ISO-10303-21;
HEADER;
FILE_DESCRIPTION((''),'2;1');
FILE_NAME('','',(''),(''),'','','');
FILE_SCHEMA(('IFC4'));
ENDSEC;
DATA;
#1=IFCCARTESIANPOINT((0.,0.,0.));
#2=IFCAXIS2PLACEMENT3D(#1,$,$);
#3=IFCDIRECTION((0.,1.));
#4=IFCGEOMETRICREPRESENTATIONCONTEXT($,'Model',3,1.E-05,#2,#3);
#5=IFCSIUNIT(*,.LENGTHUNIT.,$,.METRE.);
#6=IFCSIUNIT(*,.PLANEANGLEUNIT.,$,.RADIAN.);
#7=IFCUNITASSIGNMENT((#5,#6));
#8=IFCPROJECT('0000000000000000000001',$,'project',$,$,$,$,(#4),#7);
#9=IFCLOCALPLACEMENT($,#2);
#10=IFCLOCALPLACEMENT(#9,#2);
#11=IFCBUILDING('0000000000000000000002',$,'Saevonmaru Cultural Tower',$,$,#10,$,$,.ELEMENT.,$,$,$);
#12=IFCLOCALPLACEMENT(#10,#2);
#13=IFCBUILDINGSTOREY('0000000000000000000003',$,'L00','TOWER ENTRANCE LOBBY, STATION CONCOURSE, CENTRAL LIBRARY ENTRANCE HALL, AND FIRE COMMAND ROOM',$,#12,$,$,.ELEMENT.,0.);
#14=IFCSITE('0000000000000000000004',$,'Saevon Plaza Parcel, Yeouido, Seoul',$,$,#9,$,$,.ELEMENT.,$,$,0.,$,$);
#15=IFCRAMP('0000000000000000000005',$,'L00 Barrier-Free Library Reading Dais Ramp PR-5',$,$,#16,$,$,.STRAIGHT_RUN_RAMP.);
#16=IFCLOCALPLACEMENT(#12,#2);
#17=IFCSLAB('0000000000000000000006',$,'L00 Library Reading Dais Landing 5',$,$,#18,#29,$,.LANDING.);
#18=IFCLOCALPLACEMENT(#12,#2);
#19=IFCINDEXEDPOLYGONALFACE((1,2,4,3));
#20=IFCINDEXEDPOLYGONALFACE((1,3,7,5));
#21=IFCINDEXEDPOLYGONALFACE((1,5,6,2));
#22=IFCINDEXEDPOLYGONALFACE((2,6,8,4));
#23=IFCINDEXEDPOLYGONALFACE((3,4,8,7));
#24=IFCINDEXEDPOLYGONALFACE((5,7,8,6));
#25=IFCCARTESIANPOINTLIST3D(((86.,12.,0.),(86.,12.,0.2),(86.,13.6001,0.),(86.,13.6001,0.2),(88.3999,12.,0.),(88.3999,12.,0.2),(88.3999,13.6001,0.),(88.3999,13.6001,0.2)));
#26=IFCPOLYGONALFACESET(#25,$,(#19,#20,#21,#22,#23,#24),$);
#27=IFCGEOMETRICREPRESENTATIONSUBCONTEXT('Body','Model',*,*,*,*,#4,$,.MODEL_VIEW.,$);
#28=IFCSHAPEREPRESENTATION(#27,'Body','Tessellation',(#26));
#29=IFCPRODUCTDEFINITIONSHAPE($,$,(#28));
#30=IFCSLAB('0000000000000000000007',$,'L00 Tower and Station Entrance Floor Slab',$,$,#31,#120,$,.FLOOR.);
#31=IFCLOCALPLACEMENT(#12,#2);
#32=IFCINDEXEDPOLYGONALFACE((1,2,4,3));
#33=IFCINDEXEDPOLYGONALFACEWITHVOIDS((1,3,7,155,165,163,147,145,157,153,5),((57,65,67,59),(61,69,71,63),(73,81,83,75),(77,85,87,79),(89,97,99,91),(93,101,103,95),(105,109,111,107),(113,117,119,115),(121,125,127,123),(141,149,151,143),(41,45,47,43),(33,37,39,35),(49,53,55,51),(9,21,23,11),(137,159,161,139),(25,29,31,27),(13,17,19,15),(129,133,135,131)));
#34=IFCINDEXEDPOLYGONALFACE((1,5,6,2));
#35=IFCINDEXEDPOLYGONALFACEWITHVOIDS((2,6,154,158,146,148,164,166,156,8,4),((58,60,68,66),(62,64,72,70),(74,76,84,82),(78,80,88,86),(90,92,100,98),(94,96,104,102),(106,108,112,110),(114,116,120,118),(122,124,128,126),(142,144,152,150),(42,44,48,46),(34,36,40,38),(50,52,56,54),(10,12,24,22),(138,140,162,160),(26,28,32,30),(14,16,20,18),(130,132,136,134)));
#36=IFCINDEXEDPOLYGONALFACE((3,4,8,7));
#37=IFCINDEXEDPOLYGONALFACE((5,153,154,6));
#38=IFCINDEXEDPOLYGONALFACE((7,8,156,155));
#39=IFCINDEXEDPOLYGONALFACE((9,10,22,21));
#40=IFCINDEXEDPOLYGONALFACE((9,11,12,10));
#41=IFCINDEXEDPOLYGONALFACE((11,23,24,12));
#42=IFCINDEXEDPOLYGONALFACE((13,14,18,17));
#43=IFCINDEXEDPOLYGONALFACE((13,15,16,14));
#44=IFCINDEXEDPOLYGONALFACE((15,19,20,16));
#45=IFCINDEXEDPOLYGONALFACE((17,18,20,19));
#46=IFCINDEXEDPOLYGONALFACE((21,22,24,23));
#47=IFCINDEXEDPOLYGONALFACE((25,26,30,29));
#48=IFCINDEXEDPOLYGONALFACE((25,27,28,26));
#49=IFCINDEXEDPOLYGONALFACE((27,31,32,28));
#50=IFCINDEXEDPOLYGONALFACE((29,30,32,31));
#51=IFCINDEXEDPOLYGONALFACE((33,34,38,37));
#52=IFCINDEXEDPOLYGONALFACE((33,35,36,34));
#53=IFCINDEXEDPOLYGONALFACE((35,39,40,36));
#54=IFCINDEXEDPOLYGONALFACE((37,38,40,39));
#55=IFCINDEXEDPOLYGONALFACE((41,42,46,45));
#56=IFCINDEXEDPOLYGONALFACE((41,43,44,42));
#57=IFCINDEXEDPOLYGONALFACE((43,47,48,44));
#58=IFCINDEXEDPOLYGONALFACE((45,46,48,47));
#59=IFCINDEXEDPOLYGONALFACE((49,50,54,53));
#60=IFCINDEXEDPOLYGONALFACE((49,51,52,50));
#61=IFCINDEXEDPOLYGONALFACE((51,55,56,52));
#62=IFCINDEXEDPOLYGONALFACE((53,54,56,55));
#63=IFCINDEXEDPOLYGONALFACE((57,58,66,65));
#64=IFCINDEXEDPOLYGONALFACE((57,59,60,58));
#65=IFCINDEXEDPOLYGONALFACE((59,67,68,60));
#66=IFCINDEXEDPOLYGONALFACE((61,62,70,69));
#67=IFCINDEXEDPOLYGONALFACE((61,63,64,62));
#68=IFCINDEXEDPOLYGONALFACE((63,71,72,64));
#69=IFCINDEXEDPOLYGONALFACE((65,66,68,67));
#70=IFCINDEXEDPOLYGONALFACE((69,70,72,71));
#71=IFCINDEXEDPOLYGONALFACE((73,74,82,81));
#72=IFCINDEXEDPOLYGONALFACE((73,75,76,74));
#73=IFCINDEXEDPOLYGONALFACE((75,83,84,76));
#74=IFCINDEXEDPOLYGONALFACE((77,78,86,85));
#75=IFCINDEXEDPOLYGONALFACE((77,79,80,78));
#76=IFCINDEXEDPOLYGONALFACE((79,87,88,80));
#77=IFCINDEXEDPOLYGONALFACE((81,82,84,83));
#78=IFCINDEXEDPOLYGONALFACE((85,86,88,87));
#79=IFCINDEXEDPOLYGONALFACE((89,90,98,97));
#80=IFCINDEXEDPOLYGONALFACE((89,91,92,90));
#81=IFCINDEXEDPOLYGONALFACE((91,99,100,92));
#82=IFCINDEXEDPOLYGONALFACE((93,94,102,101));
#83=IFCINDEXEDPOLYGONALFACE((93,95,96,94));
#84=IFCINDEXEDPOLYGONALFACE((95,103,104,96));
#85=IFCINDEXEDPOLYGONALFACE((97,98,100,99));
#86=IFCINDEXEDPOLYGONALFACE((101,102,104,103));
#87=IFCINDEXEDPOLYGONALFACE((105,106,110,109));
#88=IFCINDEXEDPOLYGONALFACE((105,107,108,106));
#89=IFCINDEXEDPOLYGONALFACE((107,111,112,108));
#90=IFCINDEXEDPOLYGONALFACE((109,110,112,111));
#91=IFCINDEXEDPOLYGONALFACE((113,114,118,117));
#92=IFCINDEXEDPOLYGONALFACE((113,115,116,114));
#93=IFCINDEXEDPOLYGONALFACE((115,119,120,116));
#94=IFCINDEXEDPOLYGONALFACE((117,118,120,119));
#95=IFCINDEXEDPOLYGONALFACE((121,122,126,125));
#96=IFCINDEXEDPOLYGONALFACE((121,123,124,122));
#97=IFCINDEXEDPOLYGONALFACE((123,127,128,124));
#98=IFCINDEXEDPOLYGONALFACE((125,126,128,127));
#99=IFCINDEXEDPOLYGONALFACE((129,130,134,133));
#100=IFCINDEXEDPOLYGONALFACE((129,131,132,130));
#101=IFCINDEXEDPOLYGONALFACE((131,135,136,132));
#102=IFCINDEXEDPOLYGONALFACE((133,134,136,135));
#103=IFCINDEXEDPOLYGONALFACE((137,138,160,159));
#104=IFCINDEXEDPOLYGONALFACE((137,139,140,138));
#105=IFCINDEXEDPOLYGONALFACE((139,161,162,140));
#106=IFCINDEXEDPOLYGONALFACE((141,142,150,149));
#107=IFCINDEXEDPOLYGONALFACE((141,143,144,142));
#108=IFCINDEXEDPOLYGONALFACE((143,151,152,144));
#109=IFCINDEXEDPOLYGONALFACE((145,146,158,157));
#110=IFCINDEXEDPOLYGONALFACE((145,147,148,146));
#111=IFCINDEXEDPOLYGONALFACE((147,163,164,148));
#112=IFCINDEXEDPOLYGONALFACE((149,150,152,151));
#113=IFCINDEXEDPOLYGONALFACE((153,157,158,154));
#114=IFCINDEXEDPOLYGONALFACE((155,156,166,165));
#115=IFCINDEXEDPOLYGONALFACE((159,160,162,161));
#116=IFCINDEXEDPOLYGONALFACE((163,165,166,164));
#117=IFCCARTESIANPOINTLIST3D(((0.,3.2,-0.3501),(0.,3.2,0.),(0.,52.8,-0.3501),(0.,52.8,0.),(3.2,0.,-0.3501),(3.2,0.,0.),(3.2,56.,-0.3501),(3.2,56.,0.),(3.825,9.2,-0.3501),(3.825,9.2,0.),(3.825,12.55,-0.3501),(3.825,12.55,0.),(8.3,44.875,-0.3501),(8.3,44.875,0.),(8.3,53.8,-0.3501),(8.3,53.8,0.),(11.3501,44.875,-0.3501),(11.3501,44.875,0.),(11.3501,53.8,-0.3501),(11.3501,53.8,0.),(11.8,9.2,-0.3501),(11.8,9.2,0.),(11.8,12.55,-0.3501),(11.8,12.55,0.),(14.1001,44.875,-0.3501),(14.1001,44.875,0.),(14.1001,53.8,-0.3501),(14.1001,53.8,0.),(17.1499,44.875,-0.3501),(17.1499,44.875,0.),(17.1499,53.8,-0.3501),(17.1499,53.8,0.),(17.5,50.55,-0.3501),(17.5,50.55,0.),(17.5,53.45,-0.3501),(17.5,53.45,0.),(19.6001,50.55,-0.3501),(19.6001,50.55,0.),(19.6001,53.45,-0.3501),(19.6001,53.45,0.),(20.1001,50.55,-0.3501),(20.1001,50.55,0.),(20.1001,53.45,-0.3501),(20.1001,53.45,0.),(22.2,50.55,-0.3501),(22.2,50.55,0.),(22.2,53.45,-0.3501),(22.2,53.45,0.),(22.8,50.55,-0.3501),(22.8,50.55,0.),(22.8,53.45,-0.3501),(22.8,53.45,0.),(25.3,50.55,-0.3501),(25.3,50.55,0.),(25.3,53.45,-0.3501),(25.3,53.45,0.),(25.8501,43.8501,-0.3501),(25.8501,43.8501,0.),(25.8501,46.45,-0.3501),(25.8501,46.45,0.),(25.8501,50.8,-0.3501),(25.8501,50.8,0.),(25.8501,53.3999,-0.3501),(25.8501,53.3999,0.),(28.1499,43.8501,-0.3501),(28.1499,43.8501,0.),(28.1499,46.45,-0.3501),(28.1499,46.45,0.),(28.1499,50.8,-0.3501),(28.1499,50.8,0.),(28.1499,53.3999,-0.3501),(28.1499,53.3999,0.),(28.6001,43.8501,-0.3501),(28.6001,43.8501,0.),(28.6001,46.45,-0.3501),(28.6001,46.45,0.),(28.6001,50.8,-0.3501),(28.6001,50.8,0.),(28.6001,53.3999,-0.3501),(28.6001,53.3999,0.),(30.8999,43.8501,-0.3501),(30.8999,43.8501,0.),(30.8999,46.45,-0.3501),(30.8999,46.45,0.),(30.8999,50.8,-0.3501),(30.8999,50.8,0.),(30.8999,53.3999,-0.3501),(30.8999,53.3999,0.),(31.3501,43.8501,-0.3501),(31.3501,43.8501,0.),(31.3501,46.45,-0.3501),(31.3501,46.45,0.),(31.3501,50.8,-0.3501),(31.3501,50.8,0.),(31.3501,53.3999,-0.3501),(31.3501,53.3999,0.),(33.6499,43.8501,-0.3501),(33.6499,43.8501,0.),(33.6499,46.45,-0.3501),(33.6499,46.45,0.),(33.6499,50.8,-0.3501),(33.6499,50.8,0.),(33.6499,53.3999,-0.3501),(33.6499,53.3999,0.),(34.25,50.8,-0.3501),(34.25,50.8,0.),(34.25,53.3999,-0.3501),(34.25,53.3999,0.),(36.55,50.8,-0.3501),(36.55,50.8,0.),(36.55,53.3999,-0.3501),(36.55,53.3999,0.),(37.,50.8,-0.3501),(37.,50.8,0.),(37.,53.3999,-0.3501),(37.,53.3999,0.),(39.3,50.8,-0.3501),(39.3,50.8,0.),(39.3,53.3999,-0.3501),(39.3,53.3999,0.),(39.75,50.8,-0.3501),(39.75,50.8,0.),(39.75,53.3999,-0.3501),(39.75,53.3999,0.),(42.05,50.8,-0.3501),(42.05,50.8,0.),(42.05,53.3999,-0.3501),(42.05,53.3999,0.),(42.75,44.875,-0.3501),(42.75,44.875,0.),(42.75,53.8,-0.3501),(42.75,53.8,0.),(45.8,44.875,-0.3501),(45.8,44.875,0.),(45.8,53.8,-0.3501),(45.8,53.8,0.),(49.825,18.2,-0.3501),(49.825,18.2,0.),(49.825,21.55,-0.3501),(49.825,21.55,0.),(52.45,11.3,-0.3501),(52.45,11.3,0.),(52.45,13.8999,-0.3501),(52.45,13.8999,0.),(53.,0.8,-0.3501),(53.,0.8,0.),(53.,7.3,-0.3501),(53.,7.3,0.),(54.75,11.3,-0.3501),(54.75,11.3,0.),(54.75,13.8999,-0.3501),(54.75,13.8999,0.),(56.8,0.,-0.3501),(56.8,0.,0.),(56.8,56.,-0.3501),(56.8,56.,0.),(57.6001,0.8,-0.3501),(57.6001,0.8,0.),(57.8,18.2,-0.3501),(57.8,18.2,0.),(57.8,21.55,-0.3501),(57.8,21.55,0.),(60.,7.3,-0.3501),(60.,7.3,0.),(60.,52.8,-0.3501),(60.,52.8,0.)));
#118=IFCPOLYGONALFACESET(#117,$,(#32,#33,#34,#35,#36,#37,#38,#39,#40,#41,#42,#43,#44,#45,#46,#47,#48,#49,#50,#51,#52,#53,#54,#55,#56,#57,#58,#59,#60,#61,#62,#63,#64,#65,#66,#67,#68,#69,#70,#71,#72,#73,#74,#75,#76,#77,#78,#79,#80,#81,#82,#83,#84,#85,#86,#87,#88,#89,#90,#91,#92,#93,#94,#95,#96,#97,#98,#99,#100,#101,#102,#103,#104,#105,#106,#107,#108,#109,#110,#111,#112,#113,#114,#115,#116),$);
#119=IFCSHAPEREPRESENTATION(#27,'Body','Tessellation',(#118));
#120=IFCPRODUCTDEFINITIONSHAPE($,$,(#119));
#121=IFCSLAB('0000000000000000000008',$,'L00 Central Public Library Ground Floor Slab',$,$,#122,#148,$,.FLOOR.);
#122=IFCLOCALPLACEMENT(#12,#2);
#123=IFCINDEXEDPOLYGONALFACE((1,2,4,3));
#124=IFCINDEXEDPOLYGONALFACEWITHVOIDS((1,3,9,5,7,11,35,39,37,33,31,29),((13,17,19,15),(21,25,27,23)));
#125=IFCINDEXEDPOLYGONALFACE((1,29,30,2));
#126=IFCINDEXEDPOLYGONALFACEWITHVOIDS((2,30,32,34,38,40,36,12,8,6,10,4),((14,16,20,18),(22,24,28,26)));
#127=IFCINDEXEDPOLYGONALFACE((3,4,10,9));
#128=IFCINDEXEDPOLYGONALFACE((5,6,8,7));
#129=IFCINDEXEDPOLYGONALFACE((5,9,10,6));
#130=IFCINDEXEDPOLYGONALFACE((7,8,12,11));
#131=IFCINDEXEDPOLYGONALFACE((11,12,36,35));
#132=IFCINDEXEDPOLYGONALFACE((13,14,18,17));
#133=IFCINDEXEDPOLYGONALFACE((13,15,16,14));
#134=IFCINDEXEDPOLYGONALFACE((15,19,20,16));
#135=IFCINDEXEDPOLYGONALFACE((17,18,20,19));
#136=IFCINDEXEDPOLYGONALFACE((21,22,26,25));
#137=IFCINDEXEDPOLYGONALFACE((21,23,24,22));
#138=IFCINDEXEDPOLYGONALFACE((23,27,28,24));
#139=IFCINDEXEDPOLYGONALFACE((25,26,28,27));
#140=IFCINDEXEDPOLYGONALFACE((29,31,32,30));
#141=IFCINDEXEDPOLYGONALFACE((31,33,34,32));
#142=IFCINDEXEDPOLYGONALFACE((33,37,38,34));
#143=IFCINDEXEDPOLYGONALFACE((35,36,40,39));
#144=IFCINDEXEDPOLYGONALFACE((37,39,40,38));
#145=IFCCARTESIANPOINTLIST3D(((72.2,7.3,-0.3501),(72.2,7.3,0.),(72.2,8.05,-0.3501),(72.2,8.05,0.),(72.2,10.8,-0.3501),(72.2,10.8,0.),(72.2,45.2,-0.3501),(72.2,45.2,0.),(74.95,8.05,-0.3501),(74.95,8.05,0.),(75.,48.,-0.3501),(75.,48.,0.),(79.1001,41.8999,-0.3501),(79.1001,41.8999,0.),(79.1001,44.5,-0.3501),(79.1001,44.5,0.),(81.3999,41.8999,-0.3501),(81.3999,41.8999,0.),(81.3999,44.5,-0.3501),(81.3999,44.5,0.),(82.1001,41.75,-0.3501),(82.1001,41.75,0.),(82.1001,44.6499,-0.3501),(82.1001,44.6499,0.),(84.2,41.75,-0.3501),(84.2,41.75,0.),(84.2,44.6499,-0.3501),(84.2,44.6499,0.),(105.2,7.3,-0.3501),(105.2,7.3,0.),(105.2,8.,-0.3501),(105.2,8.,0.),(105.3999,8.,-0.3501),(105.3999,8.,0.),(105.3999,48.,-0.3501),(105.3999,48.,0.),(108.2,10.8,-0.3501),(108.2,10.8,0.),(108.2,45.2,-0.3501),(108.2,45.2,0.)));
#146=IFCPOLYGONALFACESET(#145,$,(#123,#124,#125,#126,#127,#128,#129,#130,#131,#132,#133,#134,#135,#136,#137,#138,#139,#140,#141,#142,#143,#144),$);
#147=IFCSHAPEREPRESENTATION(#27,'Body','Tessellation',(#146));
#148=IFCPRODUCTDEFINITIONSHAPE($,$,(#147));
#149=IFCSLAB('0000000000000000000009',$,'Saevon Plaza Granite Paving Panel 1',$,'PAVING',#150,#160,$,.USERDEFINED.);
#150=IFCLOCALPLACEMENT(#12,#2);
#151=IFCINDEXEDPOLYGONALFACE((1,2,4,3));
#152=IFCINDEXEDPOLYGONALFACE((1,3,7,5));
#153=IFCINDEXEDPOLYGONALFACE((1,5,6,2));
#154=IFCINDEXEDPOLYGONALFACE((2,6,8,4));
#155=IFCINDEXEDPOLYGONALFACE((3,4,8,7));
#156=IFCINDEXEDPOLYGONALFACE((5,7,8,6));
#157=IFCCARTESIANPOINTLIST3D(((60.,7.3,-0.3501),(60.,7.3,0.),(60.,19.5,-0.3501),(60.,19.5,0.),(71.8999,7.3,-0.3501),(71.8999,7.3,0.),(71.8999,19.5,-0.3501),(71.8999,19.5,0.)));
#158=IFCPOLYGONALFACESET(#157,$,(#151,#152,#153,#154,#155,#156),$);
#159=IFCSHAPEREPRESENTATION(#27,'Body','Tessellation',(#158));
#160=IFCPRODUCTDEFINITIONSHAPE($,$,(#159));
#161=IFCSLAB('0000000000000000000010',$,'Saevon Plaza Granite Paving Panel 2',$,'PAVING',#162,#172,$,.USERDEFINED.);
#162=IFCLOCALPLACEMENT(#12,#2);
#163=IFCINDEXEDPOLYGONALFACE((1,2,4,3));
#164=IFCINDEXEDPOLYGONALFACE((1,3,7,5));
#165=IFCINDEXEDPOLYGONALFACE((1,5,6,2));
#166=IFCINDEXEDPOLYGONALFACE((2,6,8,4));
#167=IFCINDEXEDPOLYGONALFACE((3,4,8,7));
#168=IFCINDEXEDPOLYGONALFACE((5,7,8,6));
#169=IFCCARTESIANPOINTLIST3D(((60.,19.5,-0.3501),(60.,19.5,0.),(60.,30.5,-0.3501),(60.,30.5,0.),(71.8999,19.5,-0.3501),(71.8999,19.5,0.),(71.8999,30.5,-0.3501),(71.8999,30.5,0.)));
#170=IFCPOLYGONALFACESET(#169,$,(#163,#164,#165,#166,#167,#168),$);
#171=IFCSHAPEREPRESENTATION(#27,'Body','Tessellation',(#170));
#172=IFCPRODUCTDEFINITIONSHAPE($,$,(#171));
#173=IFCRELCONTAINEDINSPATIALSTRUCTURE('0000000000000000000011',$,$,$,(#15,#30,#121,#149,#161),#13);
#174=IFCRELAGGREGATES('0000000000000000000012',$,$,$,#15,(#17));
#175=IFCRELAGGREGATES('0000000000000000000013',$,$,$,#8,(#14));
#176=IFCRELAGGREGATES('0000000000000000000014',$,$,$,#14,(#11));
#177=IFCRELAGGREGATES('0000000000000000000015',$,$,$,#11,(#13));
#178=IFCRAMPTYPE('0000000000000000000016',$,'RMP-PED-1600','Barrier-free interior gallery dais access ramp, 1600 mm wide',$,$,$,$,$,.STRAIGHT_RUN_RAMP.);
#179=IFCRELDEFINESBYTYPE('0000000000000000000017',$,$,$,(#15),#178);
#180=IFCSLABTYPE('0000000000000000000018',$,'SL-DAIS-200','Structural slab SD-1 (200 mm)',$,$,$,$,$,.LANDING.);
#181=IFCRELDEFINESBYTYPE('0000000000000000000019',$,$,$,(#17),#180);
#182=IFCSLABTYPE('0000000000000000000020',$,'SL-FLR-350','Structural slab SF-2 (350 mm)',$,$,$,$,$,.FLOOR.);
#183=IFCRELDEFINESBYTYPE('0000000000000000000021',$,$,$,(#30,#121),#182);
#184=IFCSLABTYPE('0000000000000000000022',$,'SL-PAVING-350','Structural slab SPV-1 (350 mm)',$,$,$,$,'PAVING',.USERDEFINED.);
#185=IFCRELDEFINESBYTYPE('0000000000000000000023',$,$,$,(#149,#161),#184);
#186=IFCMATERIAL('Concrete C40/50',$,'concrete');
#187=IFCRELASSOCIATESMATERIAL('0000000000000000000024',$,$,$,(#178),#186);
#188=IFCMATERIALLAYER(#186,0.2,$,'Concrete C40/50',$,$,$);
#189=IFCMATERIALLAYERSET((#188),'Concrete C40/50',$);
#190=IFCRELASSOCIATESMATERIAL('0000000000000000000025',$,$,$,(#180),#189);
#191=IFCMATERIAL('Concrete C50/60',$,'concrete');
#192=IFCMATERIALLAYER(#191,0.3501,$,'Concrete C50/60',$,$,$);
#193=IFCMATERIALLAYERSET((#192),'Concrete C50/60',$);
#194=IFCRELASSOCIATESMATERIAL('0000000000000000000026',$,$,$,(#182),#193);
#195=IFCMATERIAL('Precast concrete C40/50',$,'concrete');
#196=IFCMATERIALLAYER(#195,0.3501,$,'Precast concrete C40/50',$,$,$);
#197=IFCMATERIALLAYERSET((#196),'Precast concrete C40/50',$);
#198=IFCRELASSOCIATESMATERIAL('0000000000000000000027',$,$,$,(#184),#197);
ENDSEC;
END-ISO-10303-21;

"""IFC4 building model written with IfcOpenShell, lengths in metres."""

from ifc_helpers import new_model, si_unit, direction, frame, origin, place, context, subcontext, project, spatial, polyline, outline, extrude, material, layer, layer_set, type_object, element, aggregate, save


model = new_model("IFC4")

# Units and contexts
model_context = context("Model", 3, precision=1e-05, world=origin(), true_north=direction((0.0, 1.0)))
body_context = subcontext(model_context, "Body", "Model", "MODEL_VIEW")
ifc_project = project(units=[si_unit("LENGTHUNIT", "METRE"), si_unit("PLANEANGLEUNIT", "RADIAN")], contexts=[model_context])

# Site, building, storey
site_placement = place(None, origin())
site = spatial("IfcSite", under=ifc_project, at=site_placement, Name="Saevon Plaza Parcel, Yeouido, Seoul", CompositionType="ELEMENT", RefElevation=0.0)
building_placement = place(site_placement, origin())
building = spatial("IfcBuilding", under=site, at=building_placement, Name="Saevonmaru Cultural Tower", CompositionType="ELEMENT")
storey_placement = place(building_placement, origin())
storey = spatial("IfcBuildingStorey", under=building, at=storey_placement, Name="L00", Description="TOWER ENTRANCE LOBBY, STATION CONCOURSE, CENTRAL LIBRARY ENTRANCE HALL, AND FIRE COMMAND ROOM", CompositionType="ELEMENT", Elevation=0.0)

# Ramp, slab
ifc_material_1 = material(Name="Concrete C40/50", Category="concrete")
ramp_type = type_object("IfcRampType", Name="RMP-PED-1600", Description="Barrier-free interior gallery dais access ramp, 1600 mm wide", PredefinedType="STRAIGHT_RUN_RAMP", material=ifc_material_1)
ramp_placement = place(storey_placement, origin())
ramp = element("IfcRamp", 1, at=ramp_placement, inside=storey, type_object=ramp_type, Name="L00 Barrier-Free Library Reading Dais Ramp PR-5", PredefinedType="STRAIGHT_RUN_RAMP")
ifc_layer_1 = layer(ifc_material_1, 0.2, Name="Concrete C40/50")
ifc_layer_set_1 = layer_set([ifc_layer_1], Name="Concrete C40/50")
slab_type_1 = type_object("IfcSlabType", Name="SL-DAIS-200", Description="Structural slab SD-1 (200 mm)", PredefinedType="LANDING", material=ifc_layer_set_1)
slab_1_placement = place(storey_placement, origin())
slab_1 = element("IfcSlab", 2, at=slab_1_placement, type_object=slab_type_1, Name="L00 Library Reading Dais Landing 5", PredefinedType="LANDING", context=body_context, shape_type="SweptSolid", body=[
    extrude(outline(polyline([(86.0, 12.0), (88.3999, 12.0), (88.3999, 13.6001), (86.0, 13.6001), (86.0, 12.0)])), origin(), (0.0, 0.0, 1.0), 0.2),
])
aggregate(ramp, [slab_1])

# Slabs
ifc_material_2 = material(Name="Concrete C50/60", Category="concrete")
ifc_layer_2 = layer(ifc_material_2, 0.3501, Name="Concrete C50/60")
ifc_layer_set_2 = layer_set([ifc_layer_2], Name="Concrete C50/60")
slab_type_2 = type_object("IfcSlabType", Name="SL-FLR-350", Description="Structural slab SF-2 (350 mm)", PredefinedType="FLOOR", material=ifc_layer_set_2)
slab_2_placement = place(storey_placement, frame((0.0, 0.0, -0.3501)))
element("IfcSlab", 3, at=slab_2_placement, inside=storey, type_object=slab_type_2, Name="L00 Tower and Station Entrance Floor Slab", PredefinedType="FLOOR", context=body_context, shape_type="SweptSolid", body=[
    extrude(outline(polyline([(57.6001, 0.8), (53.0, 0.8), (53.0, 7.3), (60.0, 7.3), (60.0, 52.8), (56.8, 56.0), (3.2, 56.0), (0.0, 52.8), (0.0, 3.2), (3.2, 0.0), (56.8, 0.0), (57.6001, 0.8)]), holes=[polyline([(49.825, 21.55), (57.8, 21.55), (57.8, 18.2), (49.825, 18.2), (49.825, 21.55)]), polyline([(52.45, 11.3), (52.45, 13.8999), (54.75, 13.8999), (54.75, 11.3), (52.45, 11.3)]), polyline([(45.8, 44.875), (42.75, 44.875), (42.75, 53.8), (45.8, 53.8), (45.8, 44.875)]), polyline([(39.75, 53.3999), (42.05, 53.3999), (42.05, 50.8), (39.75, 50.8), (39.75, 53.3999)]), polyline([(37.0, 53.3999), (39.3, 53.3999), (39.3, 50.8), (37.0, 50.8), (37.0, 53.3999)]), polyline([(34.25, 50.8), (34.25, 53.3999), (36.55, 53.3999), (36.55, 50.8), (34.25, 50.8)]), polyline([(31.3501, 50.8), (31.3501, 53.3999), (33.6499, 53.3999), (33.6499, 50.8), (31.3501, 50.8)]), polyline([(31.3501, 46.45), (33.6499, 46.45), (33.6499, 43.8501), (31.3501, 43.8501), (31.3501, 46.45)]), polyline([(28.6001, 50.8), (28.6001, 53.3999), (30.8999, 53.3999), (30.8999, 50.8), (28.6001, 50.8)]), polyline([(28.6001, 43.8501), (28.6001, 46.45), (30.8999, 46.45), (30.8999, 43.8501), (28.6001, 43.8501)]), polyline([(25.8501, 43.8501), (25.8501, 46.45), (28.1499, 46.45), (28.1499, 43.8501), (25.8501, 43.8501)]), polyline([(25.8501, 53.3999), (28.1499, 53.3999), (28.1499, 50.8), (25.8501, 50.8), (25.8501, 53.3999)]), polyline([(22.8, 53.45), (25.3, 53.45), (25.3, 50.55), (22.8, 50.55), (22.8, 53.45)]), polyline([(20.1001, 50.55), (20.1001, 53.45), (22.2, 53.45), (22.2, 50.55), (20.1001, 50.55)]), polyline([(17.5, 50.55), (17.5, 53.45), (19.6001, 53.45), (19.6001, 50.55), (17.5, 50.55)]), polyline([(17.1499, 44.875), (14.1001, 44.875), (14.1001, 53.8), (17.1499, 53.8), (17.1499, 44.875)]), polyline([(3.825, 9.2), (3.825, 12.55), (11.8, 12.55), (11.8, 9.2), (3.825, 9.2)]), polyline([(11.3501, 44.875), (8.3, 44.875), (8.3, 53.8), (11.3501, 53.8), (11.3501, 44.875)])]), origin(), (0.0, 0.0, 1.0), 0.3501),
])
slab_3_placement = place(storey_placement, frame((0.0, 0.0, -0.3501)))
element("IfcSlab", 4, at=slab_3_placement, inside=storey, type_object=slab_type_2, Name="L00 Central Public Library Ground Floor Slab", PredefinedType="FLOOR", context=body_context, shape_type="SweptSolid", body=[
    extrude(outline(polyline([(105.2, 7.3), (105.2, 8.0), (105.3999, 8.0), (108.2, 10.8), (108.2, 45.2), (105.3999, 48.0), (75.0, 48.0), (72.2, 45.2), (72.2, 10.8), (74.95, 8.05), (72.2, 8.05), (72.2, 7.3), (105.2, 7.3)]), holes=[polyline([(82.1001, 44.6499), (84.2, 44.6499), (84.2, 41.75), (82.1001, 41.75), (82.1001, 44.6499)]), polyline([(79.1001, 44.5), (81.3999, 44.5), (81.3999, 41.8999), (79.1001, 41.8999), (79.1001, 44.5)])]), origin(), (0.0, 0.0, 1.0), 0.3501),
])
ifc_material_3 = material(Name="Precast concrete C40/50", Category="concrete")
ifc_layer_3 = layer(ifc_material_3, 0.3501, Name="Precast concrete C40/50")
ifc_layer_set_3 = layer_set([ifc_layer_3], Name="Precast concrete C40/50")
slab_type_3 = type_object("IfcSlabType", Name="SL-PAVING-350", Description="Structural slab SPV-1 (350 mm)", ElementType="PAVING", PredefinedType="USERDEFINED", material=ifc_layer_set_3)
slab_4_placement = place(storey_placement, frame((0.0, 0.0, -0.3501)))
element("IfcSlab", 5, at=slab_4_placement, inside=storey, type_object=slab_type_3, Name="Saevon Plaza Granite Paving Panel 1", ObjectType="PAVING", PredefinedType="USERDEFINED", context=body_context, shape_type="SweptSolid", body=[
    extrude(outline(polyline([(60.0, 7.3), (71.8999, 7.3), (71.8999, 19.5), (60.0, 19.5), (60.0, 7.3)])), origin(), (0.0, 0.0, 1.0), 0.3501),
])
slab_5_placement = place(storey_placement, frame((0.0, 0.0, -0.3501)))
element("IfcSlab", 6, at=slab_5_placement, inside=storey, type_object=slab_type_3, Name="Saevon Plaza Granite Paving Panel 2", ObjectType="PAVING", PredefinedType="USERDEFINED", context=body_context, shape_type="SweptSolid", body=[
    extrude(outline(polyline([(60.0, 19.5), (71.8999, 19.5), (71.8999, 30.5), (60.0, 30.5), (60.0, 19.5)])), origin(), (0.0, 0.0, 1.0), 0.3501),
])

save(model, "model.ifc")
